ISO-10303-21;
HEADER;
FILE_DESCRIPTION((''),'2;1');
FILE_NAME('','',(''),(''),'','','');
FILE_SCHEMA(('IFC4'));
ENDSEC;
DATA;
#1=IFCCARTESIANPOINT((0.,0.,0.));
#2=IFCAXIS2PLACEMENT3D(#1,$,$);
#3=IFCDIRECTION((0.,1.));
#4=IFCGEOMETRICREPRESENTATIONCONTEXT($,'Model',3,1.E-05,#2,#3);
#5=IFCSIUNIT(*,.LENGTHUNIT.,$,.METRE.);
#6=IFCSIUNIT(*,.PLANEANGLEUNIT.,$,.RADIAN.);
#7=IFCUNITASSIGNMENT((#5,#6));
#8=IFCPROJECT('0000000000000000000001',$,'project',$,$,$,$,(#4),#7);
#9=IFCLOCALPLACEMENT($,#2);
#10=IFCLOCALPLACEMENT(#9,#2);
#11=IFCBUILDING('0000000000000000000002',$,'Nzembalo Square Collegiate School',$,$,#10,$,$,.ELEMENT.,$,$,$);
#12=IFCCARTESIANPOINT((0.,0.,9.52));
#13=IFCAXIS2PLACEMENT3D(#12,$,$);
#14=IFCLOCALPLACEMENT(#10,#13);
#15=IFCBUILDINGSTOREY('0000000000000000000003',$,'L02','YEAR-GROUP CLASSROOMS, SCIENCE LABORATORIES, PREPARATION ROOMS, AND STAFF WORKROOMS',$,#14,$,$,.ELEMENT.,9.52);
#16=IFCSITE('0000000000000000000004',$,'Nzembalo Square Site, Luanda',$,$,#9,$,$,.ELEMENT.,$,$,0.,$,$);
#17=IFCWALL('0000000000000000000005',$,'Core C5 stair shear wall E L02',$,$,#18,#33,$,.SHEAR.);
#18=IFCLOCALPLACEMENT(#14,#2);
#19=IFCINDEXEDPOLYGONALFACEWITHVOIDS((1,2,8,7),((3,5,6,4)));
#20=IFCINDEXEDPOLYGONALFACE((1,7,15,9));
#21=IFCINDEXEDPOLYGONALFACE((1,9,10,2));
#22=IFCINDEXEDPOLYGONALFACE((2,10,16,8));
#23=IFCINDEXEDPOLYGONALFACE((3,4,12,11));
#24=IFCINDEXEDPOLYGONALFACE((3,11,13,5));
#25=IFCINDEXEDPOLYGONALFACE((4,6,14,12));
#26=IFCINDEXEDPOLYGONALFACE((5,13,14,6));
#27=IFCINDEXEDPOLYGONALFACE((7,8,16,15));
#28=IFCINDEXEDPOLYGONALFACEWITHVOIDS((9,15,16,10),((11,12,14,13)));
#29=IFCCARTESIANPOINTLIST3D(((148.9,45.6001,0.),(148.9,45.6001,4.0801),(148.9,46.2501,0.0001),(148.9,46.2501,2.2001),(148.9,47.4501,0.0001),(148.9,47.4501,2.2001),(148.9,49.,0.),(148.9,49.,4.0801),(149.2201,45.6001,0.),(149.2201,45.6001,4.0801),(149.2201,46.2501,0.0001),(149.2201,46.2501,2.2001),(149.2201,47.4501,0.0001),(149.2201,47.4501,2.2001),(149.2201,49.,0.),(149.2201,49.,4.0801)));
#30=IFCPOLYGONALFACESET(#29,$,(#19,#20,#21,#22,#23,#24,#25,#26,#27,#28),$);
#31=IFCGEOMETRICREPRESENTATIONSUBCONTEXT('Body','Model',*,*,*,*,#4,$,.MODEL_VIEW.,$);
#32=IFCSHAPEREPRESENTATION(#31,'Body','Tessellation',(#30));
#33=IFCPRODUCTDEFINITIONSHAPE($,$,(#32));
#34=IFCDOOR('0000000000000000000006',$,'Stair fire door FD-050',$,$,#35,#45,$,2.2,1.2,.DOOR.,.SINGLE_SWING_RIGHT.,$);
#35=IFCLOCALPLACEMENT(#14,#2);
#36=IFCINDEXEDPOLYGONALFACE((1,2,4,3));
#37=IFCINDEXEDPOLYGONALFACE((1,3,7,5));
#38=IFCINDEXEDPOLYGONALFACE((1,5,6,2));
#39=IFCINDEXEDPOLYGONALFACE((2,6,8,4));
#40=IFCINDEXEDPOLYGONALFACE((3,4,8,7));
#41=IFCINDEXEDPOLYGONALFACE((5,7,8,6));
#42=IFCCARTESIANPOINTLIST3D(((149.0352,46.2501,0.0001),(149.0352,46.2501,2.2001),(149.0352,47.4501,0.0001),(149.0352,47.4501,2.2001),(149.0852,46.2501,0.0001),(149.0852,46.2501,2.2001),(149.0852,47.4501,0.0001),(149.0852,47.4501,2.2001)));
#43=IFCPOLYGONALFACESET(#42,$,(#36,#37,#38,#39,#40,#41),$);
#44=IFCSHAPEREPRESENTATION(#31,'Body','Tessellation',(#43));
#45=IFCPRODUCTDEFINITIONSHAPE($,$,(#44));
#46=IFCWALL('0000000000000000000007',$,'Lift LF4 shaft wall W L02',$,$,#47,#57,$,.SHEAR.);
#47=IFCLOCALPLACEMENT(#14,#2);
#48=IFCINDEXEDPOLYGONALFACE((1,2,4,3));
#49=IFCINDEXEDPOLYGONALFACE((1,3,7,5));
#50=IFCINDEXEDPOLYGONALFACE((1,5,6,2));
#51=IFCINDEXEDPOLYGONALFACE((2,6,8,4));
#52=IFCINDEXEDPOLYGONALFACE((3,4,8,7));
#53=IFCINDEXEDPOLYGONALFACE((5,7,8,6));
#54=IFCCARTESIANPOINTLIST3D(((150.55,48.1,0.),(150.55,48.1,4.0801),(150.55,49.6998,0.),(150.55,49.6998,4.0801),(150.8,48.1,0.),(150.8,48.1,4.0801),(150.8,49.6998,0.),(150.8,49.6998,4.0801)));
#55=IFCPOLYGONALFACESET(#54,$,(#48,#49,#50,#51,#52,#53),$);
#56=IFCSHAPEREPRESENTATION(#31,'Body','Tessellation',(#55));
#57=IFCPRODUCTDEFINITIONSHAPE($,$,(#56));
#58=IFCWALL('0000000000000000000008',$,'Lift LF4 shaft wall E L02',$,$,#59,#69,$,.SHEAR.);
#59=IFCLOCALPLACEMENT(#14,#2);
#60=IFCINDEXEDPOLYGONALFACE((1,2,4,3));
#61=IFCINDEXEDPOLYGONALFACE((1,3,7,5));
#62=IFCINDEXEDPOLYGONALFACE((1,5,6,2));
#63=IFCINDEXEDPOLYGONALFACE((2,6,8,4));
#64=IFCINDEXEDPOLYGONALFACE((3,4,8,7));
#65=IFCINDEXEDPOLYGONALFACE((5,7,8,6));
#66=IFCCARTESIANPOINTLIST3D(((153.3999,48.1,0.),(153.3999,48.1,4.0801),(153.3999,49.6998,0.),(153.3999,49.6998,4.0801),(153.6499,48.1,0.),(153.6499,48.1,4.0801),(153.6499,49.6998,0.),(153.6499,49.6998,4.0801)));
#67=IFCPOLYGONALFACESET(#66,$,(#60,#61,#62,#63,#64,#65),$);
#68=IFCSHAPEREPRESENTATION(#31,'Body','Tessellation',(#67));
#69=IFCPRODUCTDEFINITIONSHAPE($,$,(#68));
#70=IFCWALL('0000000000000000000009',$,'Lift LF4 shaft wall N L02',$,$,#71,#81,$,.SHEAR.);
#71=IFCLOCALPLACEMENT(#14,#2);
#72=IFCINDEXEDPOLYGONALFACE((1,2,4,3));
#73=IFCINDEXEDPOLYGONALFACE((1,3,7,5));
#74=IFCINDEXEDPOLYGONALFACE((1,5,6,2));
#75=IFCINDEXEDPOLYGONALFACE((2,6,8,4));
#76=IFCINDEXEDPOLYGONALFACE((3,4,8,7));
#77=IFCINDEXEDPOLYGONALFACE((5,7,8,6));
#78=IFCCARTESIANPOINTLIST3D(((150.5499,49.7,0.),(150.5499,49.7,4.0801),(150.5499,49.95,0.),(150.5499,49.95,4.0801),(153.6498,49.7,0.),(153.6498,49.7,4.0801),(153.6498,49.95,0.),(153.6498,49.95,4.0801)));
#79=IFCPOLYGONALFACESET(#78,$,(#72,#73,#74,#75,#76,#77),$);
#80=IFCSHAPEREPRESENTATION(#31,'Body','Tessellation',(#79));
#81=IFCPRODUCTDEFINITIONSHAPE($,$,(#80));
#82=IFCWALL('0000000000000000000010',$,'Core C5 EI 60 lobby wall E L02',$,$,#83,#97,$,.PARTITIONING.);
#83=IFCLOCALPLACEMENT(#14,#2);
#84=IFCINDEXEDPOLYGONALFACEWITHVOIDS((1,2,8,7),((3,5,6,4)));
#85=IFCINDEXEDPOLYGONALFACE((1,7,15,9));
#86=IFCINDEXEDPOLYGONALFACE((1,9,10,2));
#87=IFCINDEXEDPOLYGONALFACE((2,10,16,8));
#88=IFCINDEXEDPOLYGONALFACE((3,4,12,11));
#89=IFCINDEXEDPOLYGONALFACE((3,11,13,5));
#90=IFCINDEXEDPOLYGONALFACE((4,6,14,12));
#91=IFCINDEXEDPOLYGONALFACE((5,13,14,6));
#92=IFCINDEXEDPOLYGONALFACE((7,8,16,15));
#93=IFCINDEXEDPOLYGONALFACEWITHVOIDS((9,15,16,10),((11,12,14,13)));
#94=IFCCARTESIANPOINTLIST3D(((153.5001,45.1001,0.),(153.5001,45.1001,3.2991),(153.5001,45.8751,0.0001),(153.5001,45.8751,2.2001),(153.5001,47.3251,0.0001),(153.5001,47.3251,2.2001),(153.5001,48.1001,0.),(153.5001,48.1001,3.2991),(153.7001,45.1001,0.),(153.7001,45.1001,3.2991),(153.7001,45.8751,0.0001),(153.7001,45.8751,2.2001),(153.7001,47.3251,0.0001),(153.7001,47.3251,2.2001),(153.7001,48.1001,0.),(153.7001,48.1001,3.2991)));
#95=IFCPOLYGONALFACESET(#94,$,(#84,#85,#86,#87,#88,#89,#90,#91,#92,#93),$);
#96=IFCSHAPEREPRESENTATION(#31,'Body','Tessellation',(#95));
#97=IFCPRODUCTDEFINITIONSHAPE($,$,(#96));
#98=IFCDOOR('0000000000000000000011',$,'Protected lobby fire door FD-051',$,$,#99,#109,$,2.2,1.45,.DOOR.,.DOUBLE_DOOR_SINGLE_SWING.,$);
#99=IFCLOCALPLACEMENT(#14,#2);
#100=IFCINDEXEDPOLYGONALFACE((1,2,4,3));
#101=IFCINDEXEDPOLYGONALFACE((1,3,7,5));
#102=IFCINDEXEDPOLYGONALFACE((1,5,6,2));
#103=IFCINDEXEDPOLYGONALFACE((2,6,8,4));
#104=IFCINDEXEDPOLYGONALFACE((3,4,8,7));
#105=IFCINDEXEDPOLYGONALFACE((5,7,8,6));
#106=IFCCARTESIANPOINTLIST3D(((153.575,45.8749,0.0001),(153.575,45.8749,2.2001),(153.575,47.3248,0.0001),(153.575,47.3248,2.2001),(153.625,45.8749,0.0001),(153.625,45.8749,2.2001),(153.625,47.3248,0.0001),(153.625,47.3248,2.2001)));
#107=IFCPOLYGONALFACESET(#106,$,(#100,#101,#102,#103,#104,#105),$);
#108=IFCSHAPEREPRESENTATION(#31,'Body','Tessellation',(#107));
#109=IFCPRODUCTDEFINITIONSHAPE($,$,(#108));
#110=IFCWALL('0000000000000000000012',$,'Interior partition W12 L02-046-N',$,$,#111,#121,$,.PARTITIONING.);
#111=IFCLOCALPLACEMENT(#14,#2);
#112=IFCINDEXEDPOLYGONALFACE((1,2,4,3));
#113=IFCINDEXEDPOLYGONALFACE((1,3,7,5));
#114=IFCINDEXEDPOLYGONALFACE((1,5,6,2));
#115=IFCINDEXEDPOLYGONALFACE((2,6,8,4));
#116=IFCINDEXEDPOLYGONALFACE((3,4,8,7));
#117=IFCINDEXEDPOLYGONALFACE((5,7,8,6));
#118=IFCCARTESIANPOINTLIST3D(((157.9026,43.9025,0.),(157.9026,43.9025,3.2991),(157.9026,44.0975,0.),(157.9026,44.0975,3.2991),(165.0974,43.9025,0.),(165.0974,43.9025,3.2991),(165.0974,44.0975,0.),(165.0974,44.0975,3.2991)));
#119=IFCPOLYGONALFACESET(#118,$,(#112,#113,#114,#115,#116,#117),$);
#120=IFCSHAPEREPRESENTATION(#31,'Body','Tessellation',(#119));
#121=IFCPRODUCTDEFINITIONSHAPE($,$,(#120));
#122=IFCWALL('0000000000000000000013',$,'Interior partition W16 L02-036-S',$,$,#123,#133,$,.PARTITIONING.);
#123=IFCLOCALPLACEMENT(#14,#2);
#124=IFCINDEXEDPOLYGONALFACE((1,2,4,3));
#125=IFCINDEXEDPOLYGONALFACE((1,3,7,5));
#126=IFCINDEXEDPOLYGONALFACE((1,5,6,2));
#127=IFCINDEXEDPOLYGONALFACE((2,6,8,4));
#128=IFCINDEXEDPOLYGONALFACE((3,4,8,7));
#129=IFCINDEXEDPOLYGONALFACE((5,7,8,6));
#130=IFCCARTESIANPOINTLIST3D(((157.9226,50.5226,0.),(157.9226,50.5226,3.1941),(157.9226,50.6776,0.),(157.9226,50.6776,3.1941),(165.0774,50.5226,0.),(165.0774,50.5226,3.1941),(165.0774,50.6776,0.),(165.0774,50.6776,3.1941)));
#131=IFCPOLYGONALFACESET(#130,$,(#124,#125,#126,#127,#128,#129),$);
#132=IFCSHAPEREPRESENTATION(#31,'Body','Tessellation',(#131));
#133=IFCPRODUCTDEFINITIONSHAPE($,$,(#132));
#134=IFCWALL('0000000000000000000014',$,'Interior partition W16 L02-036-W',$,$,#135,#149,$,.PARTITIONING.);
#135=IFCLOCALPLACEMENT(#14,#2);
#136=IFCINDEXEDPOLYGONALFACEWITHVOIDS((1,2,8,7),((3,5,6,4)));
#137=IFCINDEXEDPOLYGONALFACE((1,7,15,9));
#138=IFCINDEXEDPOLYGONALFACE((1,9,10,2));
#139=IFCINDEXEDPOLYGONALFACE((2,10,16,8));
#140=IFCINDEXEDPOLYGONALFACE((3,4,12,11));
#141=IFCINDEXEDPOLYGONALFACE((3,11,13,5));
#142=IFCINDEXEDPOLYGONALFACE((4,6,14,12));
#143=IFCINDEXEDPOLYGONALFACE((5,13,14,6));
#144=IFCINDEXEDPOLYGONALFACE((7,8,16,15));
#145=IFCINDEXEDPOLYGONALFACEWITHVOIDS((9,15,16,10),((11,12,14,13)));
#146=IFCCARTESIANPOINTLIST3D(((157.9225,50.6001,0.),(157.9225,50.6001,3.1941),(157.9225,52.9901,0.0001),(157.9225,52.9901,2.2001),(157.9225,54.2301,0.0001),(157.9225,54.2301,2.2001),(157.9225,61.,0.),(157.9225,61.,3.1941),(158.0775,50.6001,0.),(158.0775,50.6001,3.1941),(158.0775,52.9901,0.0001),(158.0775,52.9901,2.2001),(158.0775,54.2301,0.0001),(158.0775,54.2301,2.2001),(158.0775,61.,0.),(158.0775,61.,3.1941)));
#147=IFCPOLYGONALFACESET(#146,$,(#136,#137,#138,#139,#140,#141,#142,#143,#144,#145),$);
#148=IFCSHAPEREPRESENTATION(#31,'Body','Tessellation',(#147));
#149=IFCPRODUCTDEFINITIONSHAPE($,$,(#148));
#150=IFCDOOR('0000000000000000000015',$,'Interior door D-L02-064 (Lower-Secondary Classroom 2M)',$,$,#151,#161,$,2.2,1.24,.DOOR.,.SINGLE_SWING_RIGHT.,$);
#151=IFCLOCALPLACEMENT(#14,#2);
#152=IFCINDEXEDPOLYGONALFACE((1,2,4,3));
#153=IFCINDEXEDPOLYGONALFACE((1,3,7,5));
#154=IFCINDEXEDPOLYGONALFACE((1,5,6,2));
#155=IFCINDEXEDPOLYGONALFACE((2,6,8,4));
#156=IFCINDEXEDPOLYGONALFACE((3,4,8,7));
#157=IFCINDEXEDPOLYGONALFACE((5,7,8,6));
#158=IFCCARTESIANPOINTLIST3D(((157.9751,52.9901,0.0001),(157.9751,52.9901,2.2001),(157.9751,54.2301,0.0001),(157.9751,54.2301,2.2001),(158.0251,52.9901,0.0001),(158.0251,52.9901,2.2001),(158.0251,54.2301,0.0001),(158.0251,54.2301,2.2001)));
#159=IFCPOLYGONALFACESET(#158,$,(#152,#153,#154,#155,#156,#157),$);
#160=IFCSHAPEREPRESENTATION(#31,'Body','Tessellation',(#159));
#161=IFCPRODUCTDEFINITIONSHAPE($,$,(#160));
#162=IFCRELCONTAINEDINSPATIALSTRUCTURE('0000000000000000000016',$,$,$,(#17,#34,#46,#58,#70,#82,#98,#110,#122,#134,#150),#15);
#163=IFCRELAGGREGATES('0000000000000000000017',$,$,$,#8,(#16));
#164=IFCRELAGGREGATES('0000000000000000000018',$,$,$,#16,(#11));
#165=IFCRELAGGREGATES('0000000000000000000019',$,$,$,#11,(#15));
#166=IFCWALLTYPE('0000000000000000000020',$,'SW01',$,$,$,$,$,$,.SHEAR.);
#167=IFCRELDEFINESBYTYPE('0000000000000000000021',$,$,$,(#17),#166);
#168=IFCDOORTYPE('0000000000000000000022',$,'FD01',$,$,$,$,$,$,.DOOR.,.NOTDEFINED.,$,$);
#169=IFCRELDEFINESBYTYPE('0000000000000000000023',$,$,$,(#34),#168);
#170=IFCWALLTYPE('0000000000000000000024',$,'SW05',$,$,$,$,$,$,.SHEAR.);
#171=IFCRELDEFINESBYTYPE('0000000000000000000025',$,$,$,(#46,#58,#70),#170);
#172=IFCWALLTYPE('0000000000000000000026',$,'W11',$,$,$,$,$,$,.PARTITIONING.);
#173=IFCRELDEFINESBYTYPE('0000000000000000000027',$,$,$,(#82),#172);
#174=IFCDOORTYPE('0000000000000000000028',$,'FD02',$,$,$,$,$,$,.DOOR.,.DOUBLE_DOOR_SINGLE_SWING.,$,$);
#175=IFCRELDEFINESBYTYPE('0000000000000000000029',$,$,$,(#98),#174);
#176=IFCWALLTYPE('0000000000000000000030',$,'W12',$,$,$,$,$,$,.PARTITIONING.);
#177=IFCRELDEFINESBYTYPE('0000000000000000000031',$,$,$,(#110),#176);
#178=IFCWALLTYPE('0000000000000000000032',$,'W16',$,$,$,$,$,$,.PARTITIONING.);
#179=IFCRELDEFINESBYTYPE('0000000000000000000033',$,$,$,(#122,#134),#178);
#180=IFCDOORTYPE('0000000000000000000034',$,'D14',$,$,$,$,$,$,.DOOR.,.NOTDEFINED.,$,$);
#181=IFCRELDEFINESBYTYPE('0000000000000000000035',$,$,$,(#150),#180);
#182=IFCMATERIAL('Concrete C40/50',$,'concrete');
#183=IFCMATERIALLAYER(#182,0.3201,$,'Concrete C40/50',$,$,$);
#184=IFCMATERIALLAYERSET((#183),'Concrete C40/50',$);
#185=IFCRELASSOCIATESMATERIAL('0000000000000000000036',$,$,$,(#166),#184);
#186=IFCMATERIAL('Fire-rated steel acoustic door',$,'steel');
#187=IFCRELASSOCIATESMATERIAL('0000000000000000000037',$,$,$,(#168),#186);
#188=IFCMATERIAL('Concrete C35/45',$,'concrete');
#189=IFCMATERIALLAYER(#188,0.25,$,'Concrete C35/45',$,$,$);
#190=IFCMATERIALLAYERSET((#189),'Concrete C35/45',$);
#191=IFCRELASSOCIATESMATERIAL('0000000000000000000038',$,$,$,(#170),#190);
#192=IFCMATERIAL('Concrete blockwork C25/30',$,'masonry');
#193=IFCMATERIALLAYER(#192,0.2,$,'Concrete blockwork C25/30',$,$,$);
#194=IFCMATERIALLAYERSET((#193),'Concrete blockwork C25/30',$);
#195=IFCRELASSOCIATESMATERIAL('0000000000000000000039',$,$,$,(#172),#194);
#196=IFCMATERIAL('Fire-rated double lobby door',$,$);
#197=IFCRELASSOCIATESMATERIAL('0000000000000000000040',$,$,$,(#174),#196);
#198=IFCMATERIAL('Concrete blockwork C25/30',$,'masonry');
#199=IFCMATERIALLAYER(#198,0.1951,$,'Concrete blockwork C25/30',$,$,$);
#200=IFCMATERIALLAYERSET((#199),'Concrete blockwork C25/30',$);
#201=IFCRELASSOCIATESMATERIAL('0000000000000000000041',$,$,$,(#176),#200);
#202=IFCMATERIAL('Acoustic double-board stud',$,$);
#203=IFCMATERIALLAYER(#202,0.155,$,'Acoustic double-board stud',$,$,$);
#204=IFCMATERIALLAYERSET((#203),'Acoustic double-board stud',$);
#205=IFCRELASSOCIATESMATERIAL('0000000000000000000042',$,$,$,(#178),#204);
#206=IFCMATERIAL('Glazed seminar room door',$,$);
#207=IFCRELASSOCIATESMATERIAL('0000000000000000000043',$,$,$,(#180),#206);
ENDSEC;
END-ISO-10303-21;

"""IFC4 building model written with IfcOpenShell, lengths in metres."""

from ifc_helpers import new_model, si_unit, direction, frame, frame_2d, origin, place, context, subcontext, project, spatial, rectangle, extrude, material, layer, layer_set, type_object, element, fill, save


model = new_model("IFC4")

# Units and contexts
model_context = context("Model", 3, precision=1e-05, world=origin(), true_north=direction((0.0, 1.0)))
body_context = subcontext(model_context, "Body", "Model", "MODEL_VIEW")
ifc_project = project(units=[si_unit("LENGTHUNIT", "METRE"), si_unit("PLANEANGLEUNIT", "RADIAN")], contexts=[model_context])

# Site, building, storey
site_placement = place(None, origin())
site = spatial("IfcSite", under=ifc_project, at=site_placement, Name="Nzembalo Square Site, Luanda", CompositionType="ELEMENT", RefElevation=0.0)
building_placement = place(site_placement, origin())
building = spatial("IfcBuilding", under=site, at=building_placement, Name="Nzembalo Square Collegiate School", CompositionType="ELEMENT")
storey_placement = place(building_placement, frame((0.0, 0.0, 9.52)))
storey = spatial("IfcBuildingStorey", under=building, at=storey_placement, Name="L02", Description="YEAR-GROUP CLASSROOMS, SCIENCE LABORATORIES, PREPARATION ROOMS, AND STAFF WORKROOMS", CompositionType="ELEMENT", Elevation=9.52)

# Wall, opening, door
ifc_material_1 = material(Name="Concrete C40/50", Category="concrete")
ifc_layer_1 = layer(ifc_material_1, 0.3201, Name="Concrete C40/50")
ifc_layer_set_1 = layer_set([ifc_layer_1], Name="Concrete C40/50")
wall_type_1 = type_object("IfcWallType", Name="SW01", PredefinedType="SHEAR", material=ifc_layer_set_1)
wall_1_placement = place(storey_placement, frame((149.0601, 45.6001, 0.0), z_axis=(0.0, 0.0, 1.0), x_axis=(0.0, 1.0, 0.0)))
wall_1 = element("IfcWall", 1, at=wall_1_placement, inside=storey, type_object=wall_type_1, Name="Core C5 stair shear wall E L02", PredefinedType="SHEAR", context=body_context, shape_type="SweptSolid", body=[
    extrude(rectangle(XDim=3.3999, YDim=0.3201, at=frame_2d((1.7, 0.0))), origin(), (0.0, 0.0, 1.0), 4.0801),
])
opening_1_placement = place(wall_1_placement, frame((0.6499, 0.0, 0.0)))
opening_1 = element("IfcOpeningElement", 2, at=opening_1_placement, cuts=wall_1, PredefinedType="OPENING", context=body_context, shape_type="SweptSolid", body=[
    extrude(rectangle(XDim=1.2, YDim=2.2, at=frame_2d((0.6001, 1.1001))), frame((0.0, 0.1699, 0.0), z_axis=(0.0, -1.0, 0.0), x_axis=(1.0, 0.0, 0.0)), (0.0, 0.0, 1.0), 0.3401),
])
ifc_material_2 = material(Name="Fire-rated steel acoustic door", Category="steel")
door_type_1 = type_object("IfcDoorType", Name="FD01", OperationType="NOTDEFINED", PredefinedType="DOOR", material=ifc_material_2)
door_1_placement = place(opening_1_placement, origin())
door_1 = element("IfcDoor", 3, at=door_1_placement, inside=storey, type_object=door_type_1, Name="Stair fire door FD-050", OperationType="SINGLE_SWING_RIGHT", OverallHeight=2.2, OverallWidth=1.2, PredefinedType="DOOR", context=body_context, shape_type="SweptSolid", body=[
    extrude(rectangle(XDim=1.2, YDim=2.2, at=frame_2d((0.6001, 1.1001))), frame((0.0, 0.0249, 0.0), z_axis=(0.0, -1.0, 0.0), x_axis=(1.0, 0.0, 0.0)), (0.0, 0.0, 1.0), 0.05),
])
fill(opening_1, door_1)

# Walls
ifc_material_3 = material(Name="Concrete C35/45", Category="concrete")
ifc_layer_2 = layer(ifc_material_3, 0.25, Name="Concrete C35/45")
ifc_layer_set_2 = layer_set([ifc_layer_2], Name="Concrete C35/45")
wall_type_2 = type_object("IfcWallType", Name="SW05", PredefinedType="SHEAR", material=ifc_layer_set_2)
for number, where, z_axis, x_axis, name in (
    (4, (150.675, 48.1001, 0.0), (0.0, 0.0, 1.0), (0.0, 1.0, 0.0), "Lift LF4 shaft wall W L02"),
    (5, (153.5249, 48.1001, 0.0), (0.0, 0.0, 1.0), (0.0, 1.0, 0.0), "Lift LF4 shaft wall E L02"),
):
    element("IfcWall", number, at=place(storey_placement, frame(where, z_axis=z_axis, x_axis=x_axis)), inside=storey, type_object=wall_type_2, Name=name, PredefinedType="SHEAR", context=body_context, shape_type="SweptSolid", body=[
        extrude(rectangle(XDim=1.5999, YDim=0.25, at=frame_2d((0.7998, 0.0))), origin(), (0.0, 0.0, 1.0), 4.0801),
    ])
wall_2_placement = place(storey_placement, frame((150.55, 49.825, 0.0), z_axis=(0.0, 0.0, 1.0), x_axis=(1.0, 0.0, 0.0)))
element("IfcWall", 6, at=wall_2_placement, inside=storey, type_object=wall_type_2, Name="Lift LF4 shaft wall N L02", PredefinedType="SHEAR", context=body_context, shape_type="SweptSolid", body=[
    extrude(rectangle(XDim=3.0999, YDim=0.25, at=frame_2d((1.5498, 0.0))), origin(), (0.0, 0.0, 1.0), 4.0801),
])

# Wall, opening, door
ifc_material_4 = material(Name="Concrete blockwork C25/30", Category="masonry")
ifc_layer_3 = layer(ifc_material_4, 0.2, Name="Concrete blockwork C25/30")
ifc_layer_set_3 = layer_set([ifc_layer_3], Name="Concrete blockwork C25/30")
wall_type_3 = type_object("IfcWallType", Name="W11", PredefinedType="PARTITIONING", material=ifc_layer_set_3)
wall_3_placement = place(storey_placement, frame((153.6001, 45.1001, 0.0), z_axis=(0.0, 0.0, 1.0), x_axis=(0.0, 1.0, 0.0)))
wall_3 = element("IfcWall", 7, at=wall_3_placement, inside=storey, type_object=wall_type_3, Name="Core C5 EI 60 lobby wall E L02", PredefinedType="PARTITIONING", context=body_context, shape_type="SweptSolid", body=[
    extrude(rectangle(XDim=3.0, YDim=0.2, at=frame_2d((1.5, 0.0))), origin(), (0.0, 0.0, 1.0), 3.2991),
])
opening_2_placement = place(wall_3_placement, frame((0.7749, 0.0, 0.0)))
opening_2 = element("IfcOpeningElement", 8, at=opening_2_placement, cuts=wall_3, PredefinedType="OPENING", context=body_context, shape_type="SweptSolid", body=[
    extrude(rectangle(XDim=1.45, YDim=2.2, at=frame_2d((0.7251, 1.1001))), frame((0.0, 0.1099, 0.0), z_axis=(0.0, -1.0, 0.0), x_axis=(1.0, 0.0, 0.0)), (0.0, 0.0, 1.0), 0.22),
])
ifc_material_5 = material(Name="Fire-rated double lobby door")
door_type_2 = type_object("IfcDoorType", Name="FD02", OperationType="DOUBLE_DOOR_SINGLE_SWING", PredefinedType="DOOR", material=ifc_material_5)
door_2_placement = place(opening_2_placement, frame((1.45, 0.0, 0.0), z_axis=(0.0, 0.0, 1.0), x_axis=(-1.0, 0.0, 0.0)))
door_2 = element("IfcDoor", 9, at=door_2_placement, inside=storey, type_object=door_type_2, Name="Protected lobby fire door FD-051", OperationType="DOUBLE_DOOR_SINGLE_SWING", OverallHeight=2.2, OverallWidth=1.45, PredefinedType="DOOR", context=body_context, shape_type="SweptSolid", body=[
    extrude(rectangle(XDim=1.45, YDim=2.2, at=frame_2d((0.7251, 1.1001))), frame((0.0, 0.0249, 0.0), z_axis=(0.0, -1.0, 0.0), x_axis=(1.0, 0.0, 0.0)), (0.0, 0.0, 1.0), 0.05),
])
fill(opening_2, door_2)

# Walls
ifc_material_6 = material(Name="Concrete blockwork C25/30", Category="masonry")
ifc_layer_4 = layer(ifc_material_6, 0.1951, Name="Concrete blockwork C25/30")
ifc_layer_set_4 = layer_set([ifc_layer_4], Name="Concrete blockwork C25/30")
wall_type_4 = type_object("IfcWallType", Name="W12", PredefinedType="PARTITIONING", material=ifc_layer_set_4)
wall_4_placement = place(storey_placement, frame((157.9026, 44.0, 0.0), z_axis=(0.0, 0.0, 1.0), x_axis=(1.0, 0.0, 0.0)))
element("IfcWall", 10, at=wall_4_placement, inside=storey, type_object=wall_type_4, Name="Interior partition W12 L02-046-N", PredefinedType="PARTITIONING", context=body_context, shape_type="SweptSolid", body=[
    extrude(rectangle(XDim=7.1948, YDim=0.1951, at=frame_2d((3.5974, 0.0))), origin(), (0.0, 0.0, 1.0), 3.2991),
])
ifc_material_7 = material(Name="Acoustic double-board stud")
ifc_layer_5 = layer(ifc_material_7, 0.155, Name="Acoustic double-board stud")
ifc_layer_set_5 = layer_set([ifc_layer_5], Name="Acoustic double-board stud")
wall_type_5 = type_object("IfcWallType", Name="W16", PredefinedType="PARTITIONING", material=ifc_layer_set_5)
wall_5_placement = place(storey_placement, frame((157.9226, 50.6001, 0.0), z_axis=(0.0, 0.0, 1.0), x_axis=(1.0, 0.0, 0.0)))
element("IfcWall", 11, at=wall_5_placement, inside=storey, type_object=wall_type_5, Name="Interior partition W16 L02-036-S", PredefinedType="PARTITIONING", context=body_context, shape_type="SweptSolid", body=[
    extrude(rectangle(XDim=7.1548, YDim=0.155, at=frame_2d((3.5774, 0.0))), origin(), (0.0, 0.0, 1.0), 3.1941),
])

# Wall, opening, door
wall_6_placement = place(storey_placement, frame((158.0, 50.6001, 0.0), z_axis=(0.0, 0.0, 1.0), x_axis=(0.0, 1.0, 0.0)))
wall_6 = element("IfcWall", 12, at=wall_6_placement, inside=storey, type_object=wall_type_5, Name="Interior partition W16 L02-036-W", PredefinedType="PARTITIONING", context=body_context, shape_type="SweptSolid", body=[
    extrude(rectangle(XDim=10.3999, YDim=0.155, at=frame_2d((5.2, 0.0))), origin(), (0.0, 0.0, 1.0), 3.1941),
])
opening_3_placement = place(wall_6_placement, frame((2.3899, 0.0, 0.0)))
opening_3 = element("IfcOpeningElement", 13, at=opening_3_placement, cuts=wall_6, PredefinedType="OPENING", context=body_context, shape_type="SweptSolid", body=[
    extrude(rectangle(XDim=1.24, YDim=2.2, at=frame_2d((0.6201, 1.1001))), frame((0.0, 0.0874, 0.0), z_axis=(0.0, -1.0, 0.0), x_axis=(1.0, 0.0, 0.0)), (0.0, 0.0, 1.0), 0.175),
])
ifc_material_8 = material(Name="Glazed seminar room door")
door_type_3 = type_object("IfcDoorType", Name="D14", OperationType="NOTDEFINED", PredefinedType="DOOR", material=ifc_material_8)
door_3_placement = place(opening_3_placement, origin())
door_3 = element("IfcDoor", 14, at=door_3_placement, inside=storey, type_object=door_type_3, Name="Interior door D-L02-064 (Lower-Secondary Classroom 2M)", OperationType="SINGLE_SWING_RIGHT", OverallHeight=2.2, OverallWidth=1.24, PredefinedType="DOOR", context=body_context, shape_type="SweptSolid", body=[
    extrude(rectangle(XDim=1.24, YDim=2.2, at=frame_2d((0.6201, 1.1001))), frame((0.0, 0.0249, 0.0), z_axis=(0.0, -1.0, 0.0), x_axis=(1.0, 0.0, 0.0)), (0.0, 0.0, 1.0), 0.05),
])
fill(opening_3, door_3)

save(model, "model.ifc")
